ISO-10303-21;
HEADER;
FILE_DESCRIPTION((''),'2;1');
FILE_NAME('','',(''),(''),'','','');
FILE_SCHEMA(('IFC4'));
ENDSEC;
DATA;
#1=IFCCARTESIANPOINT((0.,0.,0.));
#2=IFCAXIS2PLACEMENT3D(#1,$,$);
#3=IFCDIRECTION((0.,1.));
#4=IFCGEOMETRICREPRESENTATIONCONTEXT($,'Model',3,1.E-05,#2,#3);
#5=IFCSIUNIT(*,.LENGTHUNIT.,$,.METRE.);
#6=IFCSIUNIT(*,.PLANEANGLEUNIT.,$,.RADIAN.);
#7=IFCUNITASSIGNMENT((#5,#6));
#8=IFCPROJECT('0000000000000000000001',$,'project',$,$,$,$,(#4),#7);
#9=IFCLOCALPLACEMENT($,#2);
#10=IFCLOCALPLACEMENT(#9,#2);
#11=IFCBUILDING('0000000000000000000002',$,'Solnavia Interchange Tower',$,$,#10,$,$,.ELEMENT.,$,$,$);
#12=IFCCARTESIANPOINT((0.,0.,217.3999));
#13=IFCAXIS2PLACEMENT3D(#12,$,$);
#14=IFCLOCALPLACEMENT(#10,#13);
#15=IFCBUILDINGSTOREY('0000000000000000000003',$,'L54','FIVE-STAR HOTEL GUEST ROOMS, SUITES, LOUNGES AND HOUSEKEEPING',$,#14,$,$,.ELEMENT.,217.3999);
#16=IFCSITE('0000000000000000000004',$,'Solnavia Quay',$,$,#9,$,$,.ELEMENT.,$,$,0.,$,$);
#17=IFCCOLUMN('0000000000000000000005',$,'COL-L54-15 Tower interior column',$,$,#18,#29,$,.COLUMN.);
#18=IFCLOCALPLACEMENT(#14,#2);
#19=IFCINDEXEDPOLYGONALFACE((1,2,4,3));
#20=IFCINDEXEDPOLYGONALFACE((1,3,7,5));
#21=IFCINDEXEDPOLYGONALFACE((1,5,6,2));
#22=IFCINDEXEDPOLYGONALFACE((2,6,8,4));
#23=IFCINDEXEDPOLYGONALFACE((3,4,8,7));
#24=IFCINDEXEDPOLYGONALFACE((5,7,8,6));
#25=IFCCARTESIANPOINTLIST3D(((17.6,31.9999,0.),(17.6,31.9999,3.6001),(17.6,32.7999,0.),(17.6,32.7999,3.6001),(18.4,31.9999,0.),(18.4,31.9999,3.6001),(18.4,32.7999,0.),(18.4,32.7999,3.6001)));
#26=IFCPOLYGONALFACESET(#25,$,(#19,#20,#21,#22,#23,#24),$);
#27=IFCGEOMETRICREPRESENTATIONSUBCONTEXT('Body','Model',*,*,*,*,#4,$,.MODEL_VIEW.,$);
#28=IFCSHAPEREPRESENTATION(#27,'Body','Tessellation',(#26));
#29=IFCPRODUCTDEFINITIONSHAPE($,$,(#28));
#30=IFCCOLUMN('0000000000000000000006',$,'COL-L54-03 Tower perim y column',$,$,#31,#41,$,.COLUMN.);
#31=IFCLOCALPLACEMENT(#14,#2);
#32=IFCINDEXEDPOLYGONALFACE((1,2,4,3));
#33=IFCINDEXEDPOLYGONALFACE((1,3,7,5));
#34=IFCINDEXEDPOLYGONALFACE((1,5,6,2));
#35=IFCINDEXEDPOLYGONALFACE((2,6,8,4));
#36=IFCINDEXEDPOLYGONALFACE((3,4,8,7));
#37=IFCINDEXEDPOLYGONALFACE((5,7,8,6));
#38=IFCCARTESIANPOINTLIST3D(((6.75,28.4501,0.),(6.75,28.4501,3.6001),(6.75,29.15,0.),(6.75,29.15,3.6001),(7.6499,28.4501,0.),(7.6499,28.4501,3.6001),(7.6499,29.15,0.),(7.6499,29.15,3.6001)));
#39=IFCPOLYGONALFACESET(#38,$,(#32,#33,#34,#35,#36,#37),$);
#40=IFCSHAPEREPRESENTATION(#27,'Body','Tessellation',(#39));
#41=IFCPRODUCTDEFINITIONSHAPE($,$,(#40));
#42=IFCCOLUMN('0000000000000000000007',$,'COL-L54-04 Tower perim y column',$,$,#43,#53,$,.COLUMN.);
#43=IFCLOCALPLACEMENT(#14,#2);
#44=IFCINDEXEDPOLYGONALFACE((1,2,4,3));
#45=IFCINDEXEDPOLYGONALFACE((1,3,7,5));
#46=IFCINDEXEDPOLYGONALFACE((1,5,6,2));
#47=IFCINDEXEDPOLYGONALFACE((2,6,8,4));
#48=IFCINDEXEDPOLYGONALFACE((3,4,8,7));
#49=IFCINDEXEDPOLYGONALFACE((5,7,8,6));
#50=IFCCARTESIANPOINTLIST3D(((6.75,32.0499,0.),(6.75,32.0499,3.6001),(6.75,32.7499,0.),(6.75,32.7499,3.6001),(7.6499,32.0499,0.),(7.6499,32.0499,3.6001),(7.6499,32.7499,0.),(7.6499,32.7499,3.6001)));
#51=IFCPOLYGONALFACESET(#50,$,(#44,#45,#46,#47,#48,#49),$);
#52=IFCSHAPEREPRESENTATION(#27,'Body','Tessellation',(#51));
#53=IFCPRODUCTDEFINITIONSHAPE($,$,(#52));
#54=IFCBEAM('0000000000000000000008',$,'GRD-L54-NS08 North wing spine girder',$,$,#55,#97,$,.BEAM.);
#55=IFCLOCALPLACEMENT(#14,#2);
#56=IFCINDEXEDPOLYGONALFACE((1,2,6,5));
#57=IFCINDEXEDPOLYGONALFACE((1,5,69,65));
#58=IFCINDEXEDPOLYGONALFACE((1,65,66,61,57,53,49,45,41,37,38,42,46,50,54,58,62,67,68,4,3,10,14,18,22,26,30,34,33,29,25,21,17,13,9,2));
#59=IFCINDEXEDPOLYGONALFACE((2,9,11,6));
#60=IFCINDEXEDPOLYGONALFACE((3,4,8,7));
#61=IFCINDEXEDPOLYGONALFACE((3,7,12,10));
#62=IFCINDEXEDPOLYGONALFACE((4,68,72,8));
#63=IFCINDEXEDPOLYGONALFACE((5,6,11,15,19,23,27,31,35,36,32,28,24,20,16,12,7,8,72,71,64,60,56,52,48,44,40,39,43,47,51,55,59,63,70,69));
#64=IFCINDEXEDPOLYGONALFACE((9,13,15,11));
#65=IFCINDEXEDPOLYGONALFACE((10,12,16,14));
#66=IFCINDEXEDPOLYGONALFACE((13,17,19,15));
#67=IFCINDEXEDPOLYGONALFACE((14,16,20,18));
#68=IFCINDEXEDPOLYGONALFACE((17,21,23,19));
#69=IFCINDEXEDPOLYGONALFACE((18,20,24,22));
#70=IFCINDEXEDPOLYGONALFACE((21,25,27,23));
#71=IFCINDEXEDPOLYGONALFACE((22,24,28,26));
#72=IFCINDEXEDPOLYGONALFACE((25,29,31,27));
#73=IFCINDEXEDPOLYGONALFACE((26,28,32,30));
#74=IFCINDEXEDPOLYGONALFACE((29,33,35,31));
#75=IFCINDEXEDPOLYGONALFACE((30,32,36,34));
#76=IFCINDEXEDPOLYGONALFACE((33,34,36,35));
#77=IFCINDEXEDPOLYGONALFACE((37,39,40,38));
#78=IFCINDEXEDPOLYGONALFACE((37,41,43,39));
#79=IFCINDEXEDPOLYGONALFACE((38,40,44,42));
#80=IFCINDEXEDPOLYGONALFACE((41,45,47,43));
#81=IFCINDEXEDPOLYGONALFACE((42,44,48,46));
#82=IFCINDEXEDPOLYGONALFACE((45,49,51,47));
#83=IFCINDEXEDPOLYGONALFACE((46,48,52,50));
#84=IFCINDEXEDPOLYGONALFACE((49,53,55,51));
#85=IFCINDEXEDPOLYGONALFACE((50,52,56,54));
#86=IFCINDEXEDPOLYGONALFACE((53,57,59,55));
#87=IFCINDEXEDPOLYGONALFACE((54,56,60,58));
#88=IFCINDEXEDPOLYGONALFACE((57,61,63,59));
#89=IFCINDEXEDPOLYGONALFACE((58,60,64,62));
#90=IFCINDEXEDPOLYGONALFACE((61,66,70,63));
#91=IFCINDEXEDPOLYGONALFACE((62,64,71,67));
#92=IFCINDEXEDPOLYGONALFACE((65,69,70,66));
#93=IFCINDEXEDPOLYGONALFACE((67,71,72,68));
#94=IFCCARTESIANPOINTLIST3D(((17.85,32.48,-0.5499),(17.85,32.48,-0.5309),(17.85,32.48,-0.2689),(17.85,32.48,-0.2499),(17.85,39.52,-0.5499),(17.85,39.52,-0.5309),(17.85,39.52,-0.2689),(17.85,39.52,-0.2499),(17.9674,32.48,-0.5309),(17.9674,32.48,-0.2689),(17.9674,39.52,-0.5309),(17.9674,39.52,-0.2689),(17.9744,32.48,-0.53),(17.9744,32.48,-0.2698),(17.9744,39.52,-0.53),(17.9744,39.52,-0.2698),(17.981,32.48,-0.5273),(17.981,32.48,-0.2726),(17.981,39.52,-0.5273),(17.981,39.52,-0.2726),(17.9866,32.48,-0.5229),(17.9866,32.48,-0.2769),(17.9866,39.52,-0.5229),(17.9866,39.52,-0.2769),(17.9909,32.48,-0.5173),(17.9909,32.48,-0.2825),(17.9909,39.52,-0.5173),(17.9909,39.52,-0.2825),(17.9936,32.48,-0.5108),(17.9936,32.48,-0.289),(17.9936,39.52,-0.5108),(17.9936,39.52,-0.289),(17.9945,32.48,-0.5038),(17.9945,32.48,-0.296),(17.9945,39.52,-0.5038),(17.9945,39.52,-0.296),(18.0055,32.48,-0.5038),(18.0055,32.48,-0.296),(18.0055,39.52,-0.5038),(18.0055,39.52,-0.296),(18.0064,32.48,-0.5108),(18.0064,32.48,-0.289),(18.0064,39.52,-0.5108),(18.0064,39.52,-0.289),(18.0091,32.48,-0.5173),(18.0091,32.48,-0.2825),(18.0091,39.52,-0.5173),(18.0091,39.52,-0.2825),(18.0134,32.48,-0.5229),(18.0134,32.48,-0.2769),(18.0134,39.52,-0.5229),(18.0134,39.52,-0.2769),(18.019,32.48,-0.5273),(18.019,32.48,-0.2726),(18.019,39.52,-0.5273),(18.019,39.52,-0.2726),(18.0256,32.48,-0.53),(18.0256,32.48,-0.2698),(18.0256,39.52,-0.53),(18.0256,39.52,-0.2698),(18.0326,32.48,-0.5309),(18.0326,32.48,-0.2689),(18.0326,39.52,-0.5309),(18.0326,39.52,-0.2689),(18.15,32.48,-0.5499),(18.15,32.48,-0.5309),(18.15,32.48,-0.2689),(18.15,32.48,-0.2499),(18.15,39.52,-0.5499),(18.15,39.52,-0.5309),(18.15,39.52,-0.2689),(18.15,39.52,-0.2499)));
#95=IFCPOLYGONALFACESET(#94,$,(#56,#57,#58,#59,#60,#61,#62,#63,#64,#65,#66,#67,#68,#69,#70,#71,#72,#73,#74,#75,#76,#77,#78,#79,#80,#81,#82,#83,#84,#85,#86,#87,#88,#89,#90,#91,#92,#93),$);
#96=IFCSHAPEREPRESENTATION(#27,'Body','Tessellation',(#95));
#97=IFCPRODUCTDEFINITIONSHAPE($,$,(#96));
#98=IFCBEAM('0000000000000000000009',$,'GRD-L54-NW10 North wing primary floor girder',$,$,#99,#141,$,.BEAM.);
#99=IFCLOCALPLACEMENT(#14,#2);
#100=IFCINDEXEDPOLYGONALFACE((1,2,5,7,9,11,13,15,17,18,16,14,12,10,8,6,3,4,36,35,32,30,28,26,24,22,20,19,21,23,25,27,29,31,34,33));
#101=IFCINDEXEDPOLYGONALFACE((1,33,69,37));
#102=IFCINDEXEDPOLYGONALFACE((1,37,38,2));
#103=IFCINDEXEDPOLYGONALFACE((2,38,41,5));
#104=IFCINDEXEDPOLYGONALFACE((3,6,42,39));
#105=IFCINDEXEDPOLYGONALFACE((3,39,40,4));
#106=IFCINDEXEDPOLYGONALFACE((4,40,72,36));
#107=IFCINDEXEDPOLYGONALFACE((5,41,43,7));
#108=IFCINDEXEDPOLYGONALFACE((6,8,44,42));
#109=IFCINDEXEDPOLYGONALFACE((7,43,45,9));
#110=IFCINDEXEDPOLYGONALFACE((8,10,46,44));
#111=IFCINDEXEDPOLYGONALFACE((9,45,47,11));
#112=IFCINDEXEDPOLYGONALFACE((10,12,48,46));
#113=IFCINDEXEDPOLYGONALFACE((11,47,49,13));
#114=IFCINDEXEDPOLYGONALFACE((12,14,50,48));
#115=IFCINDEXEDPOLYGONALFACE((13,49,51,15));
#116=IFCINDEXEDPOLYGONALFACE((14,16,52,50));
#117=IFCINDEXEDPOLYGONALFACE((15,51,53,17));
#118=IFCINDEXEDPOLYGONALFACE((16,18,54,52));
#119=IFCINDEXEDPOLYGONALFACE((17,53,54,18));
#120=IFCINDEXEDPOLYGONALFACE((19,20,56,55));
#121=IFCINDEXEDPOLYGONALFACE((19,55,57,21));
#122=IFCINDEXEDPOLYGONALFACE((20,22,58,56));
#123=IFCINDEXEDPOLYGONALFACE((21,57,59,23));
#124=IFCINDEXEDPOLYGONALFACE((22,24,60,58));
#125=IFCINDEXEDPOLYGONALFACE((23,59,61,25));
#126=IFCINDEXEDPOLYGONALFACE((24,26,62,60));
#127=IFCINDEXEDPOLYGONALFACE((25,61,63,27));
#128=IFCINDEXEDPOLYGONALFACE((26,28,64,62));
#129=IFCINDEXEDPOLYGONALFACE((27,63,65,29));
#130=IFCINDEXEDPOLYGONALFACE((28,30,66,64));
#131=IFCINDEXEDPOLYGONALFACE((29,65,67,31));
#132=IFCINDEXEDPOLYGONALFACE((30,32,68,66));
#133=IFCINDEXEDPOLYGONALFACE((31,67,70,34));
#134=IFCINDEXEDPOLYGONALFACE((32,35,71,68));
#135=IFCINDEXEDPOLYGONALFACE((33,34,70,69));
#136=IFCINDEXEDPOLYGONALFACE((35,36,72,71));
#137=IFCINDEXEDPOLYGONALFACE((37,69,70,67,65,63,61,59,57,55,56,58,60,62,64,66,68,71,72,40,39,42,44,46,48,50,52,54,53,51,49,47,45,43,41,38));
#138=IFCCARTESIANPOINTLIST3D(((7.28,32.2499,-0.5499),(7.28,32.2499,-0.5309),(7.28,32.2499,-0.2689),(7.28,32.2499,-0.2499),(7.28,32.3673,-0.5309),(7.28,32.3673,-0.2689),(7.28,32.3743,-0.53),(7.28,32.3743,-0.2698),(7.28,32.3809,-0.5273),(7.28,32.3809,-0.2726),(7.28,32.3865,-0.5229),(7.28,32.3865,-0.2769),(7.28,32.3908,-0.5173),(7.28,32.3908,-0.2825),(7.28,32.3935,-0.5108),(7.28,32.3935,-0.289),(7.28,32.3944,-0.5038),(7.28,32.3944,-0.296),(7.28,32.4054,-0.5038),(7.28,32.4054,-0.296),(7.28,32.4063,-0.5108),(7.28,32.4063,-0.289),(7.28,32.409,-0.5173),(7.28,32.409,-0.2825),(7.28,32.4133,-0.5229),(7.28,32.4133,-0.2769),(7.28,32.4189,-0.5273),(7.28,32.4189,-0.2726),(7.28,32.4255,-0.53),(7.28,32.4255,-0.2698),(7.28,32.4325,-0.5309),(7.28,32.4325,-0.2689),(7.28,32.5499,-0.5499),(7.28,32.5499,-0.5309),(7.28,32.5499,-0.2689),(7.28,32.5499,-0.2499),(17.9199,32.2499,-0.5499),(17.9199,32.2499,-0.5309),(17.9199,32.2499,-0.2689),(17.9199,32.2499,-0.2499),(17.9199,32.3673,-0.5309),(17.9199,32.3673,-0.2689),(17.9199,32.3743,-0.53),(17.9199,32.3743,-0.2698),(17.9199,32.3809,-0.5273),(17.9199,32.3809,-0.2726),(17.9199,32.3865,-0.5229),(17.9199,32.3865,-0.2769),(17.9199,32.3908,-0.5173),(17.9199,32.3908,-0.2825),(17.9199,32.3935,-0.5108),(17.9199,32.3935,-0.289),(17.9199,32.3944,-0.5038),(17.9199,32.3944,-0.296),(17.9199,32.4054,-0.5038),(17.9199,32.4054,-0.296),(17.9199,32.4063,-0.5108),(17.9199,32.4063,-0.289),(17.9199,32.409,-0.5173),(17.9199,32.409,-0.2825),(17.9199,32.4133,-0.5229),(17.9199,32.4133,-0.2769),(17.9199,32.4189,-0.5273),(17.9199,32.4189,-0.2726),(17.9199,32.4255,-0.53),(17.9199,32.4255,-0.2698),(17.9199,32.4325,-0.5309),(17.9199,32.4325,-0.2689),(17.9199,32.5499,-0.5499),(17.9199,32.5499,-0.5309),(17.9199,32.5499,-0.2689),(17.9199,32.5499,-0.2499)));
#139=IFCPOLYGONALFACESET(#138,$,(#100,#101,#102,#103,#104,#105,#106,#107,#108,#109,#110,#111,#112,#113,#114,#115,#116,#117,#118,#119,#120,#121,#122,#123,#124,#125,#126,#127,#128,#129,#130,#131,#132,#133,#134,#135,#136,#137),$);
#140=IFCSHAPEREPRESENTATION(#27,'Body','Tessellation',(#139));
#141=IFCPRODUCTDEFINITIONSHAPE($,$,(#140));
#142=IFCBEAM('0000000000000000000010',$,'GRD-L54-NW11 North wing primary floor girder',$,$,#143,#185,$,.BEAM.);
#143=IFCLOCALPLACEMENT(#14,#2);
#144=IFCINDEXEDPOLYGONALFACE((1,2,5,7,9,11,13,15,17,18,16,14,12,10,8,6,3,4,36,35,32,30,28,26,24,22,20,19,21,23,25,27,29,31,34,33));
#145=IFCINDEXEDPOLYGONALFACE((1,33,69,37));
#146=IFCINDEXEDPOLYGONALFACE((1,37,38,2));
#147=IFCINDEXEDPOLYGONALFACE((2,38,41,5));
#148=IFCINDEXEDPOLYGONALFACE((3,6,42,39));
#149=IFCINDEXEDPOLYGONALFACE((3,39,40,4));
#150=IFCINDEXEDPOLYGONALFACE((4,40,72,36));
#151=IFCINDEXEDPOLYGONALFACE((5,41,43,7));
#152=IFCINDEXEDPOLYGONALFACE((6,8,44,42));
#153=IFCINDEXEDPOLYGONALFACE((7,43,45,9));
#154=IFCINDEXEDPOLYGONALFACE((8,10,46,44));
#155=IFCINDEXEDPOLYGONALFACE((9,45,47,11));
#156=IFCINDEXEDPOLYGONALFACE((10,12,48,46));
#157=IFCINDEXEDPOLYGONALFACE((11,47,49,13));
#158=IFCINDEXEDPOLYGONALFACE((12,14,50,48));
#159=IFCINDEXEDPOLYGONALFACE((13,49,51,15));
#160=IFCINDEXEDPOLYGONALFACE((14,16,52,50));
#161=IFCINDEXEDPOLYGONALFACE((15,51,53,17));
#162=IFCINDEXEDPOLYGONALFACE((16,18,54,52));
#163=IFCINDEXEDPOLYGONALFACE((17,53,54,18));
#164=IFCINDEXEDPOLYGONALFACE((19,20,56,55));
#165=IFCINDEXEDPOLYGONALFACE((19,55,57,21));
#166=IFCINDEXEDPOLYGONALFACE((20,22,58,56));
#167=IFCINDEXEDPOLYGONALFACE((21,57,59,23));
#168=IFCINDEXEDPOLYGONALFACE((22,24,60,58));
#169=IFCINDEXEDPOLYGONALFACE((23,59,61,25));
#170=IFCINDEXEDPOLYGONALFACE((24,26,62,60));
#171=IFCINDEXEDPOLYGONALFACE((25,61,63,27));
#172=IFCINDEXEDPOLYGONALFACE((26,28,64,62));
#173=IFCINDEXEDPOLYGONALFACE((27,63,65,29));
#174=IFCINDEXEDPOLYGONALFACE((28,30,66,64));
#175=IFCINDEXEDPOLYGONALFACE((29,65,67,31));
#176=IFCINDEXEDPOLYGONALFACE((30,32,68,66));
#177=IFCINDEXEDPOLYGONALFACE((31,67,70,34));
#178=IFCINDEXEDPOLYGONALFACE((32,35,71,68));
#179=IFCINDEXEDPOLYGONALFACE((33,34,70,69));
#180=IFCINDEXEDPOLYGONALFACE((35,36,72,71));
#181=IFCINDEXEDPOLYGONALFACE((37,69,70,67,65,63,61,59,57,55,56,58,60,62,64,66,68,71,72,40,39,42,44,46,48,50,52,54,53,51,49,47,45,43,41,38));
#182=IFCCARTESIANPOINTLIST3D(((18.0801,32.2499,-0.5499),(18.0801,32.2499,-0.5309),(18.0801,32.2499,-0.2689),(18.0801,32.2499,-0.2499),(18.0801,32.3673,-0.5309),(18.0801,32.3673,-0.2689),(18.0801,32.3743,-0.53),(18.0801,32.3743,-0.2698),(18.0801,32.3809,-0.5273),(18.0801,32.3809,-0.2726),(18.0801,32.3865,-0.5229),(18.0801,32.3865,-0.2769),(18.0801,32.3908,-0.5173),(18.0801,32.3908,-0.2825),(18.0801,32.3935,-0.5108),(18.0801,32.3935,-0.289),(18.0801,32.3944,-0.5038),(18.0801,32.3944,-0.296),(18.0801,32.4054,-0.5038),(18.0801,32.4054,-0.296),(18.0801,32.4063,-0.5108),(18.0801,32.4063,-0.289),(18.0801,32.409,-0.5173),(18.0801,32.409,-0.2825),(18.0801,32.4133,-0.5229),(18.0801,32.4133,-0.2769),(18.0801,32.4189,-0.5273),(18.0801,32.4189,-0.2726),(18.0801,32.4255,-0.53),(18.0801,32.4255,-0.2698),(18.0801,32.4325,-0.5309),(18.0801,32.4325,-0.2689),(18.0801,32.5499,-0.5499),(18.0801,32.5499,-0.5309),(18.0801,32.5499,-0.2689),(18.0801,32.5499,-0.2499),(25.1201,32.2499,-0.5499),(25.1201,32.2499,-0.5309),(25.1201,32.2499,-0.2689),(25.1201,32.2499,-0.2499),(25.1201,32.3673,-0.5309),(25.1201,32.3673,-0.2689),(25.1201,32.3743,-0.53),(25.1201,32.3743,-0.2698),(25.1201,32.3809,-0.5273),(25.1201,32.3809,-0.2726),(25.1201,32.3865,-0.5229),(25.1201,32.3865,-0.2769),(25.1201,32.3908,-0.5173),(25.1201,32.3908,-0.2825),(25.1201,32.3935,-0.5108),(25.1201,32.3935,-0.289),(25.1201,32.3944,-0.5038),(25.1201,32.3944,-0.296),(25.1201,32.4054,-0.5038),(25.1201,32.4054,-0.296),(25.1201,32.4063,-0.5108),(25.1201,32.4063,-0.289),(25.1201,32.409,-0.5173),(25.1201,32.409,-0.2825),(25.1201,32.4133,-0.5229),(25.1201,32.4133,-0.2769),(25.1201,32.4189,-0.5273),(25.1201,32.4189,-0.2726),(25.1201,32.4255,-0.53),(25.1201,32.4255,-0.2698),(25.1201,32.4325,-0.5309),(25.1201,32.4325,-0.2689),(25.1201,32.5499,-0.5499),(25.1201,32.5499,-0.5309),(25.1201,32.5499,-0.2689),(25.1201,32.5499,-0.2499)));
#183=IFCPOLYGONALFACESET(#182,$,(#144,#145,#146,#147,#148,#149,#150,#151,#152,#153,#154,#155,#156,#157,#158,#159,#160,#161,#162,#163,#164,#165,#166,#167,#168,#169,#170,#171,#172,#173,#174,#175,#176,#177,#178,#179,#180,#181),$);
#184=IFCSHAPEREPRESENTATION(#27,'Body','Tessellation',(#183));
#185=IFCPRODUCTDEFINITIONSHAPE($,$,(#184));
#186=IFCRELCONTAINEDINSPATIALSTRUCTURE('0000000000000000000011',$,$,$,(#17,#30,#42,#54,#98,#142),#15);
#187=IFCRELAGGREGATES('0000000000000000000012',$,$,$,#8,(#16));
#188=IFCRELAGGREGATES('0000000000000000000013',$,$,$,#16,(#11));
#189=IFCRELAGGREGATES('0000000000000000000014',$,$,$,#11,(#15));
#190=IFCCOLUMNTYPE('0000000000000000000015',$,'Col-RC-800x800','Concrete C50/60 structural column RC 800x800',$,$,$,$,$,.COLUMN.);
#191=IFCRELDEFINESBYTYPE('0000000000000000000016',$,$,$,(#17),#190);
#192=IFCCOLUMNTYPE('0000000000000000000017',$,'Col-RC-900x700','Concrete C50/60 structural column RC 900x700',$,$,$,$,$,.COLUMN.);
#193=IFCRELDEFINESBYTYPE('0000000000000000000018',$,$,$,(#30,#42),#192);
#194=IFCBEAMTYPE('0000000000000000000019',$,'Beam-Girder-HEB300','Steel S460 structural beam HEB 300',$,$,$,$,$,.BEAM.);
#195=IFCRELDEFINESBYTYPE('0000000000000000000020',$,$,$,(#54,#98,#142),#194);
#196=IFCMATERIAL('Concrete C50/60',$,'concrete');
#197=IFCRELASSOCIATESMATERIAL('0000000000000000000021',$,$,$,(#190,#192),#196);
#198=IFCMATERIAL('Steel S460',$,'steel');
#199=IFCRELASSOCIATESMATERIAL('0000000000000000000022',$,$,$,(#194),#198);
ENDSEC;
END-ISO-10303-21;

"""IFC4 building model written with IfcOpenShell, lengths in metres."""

from ifc_helpers import new_model, si_unit, direction, frame, origin, origin_2d, place, context, subcontext, project, spatial, rectangle, i_section, extrude, material, material_profile, profile_set, type_object, element, save


model = new_model("IFC4")

# Units and contexts
model_context = context("Model", 3, precision=1e-05, world=origin(), true_north=direction((0.0, 1.0)))
body_context = subcontext(model_context, "Body", "Model", "MODEL_VIEW")
ifc_project = project(units=[si_unit("LENGTHUNIT", "METRE"), si_unit("PLANEANGLEUNIT", "RADIAN")], contexts=[model_context])

# Site, building, storey
site_placement = place(None, origin())
site = spatial("IfcSite", under=ifc_project, at=site_placement, Name="Solnavia Quay", CompositionType="ELEMENT", RefElevation=0.0)
building_placement = place(site_placement, origin())
building = spatial("IfcBuilding", under=site, at=building_placement, Name="Solnavia Interchange Tower", CompositionType="ELEMENT")
storey_placement = place(building_placement, frame((0.0, 0.0, 217.3999)))
storey = spatial("IfcBuildingStorey", under=building, at=storey_placement, Name="L54", Description="FIVE-STAR HOTEL GUEST ROOMS, SUITES, LOUNGES AND HOUSEKEEPING", CompositionType="ELEMENT", Elevation=217.3999)

# Columns
ifc_material_1 = material(Name="Concrete C50/60", Category="concrete")
ifc_material_profile_1 = material_profile(ifc_material_1, rectangle(XDim=0.8, YDim=0.8, at=origin_2d()), Name="RC 800x800")
ifc_profile_set_1 = profile_set([ifc_material_profile_1], Name="Concrete C50/60")
column_type_1 = type_object("IfcColumnType", Name="Col-RC-800x800", Description="Concrete C50/60 structural column RC 800x800", PredefinedType="COLUMN", material=ifc_profile_set_1)
column_placement = place(storey_placement, frame((18.0, 32.3999, 0.0), z_axis=(0.0, 0.0, 1.0), x_axis=(1.0, 0.0, 0.0)))
element("IfcColumn", 1, at=column_placement, inside=storey, type_object=column_type_1, Name="COL-L54-15 Tower interior column", PredefinedType="COLUMN", context=body_context, shape_type="SweptSolid", body=[
    extrude(rectangle(XDim=0.8, YDim=0.8, at=origin_2d()), origin(), (0.0, 0.0, 1.0), 3.6001),
])
ifc_material_profile_2 = material_profile(ifc_material_1, rectangle(XDim=0.7, YDim=0.8999, at=origin_2d()), Name="RC 900x700")
ifc_profile_set_2 = profile_set([ifc_material_profile_2], Name="Concrete C50/60")
column_type_2 = type_object("IfcColumnType", Name="Col-RC-900x700", Description="Concrete C50/60 structural column RC 900x700", PredefinedType="COLUMN", material=ifc_profile_set_2)
for number, where, z_axis, x_axis, name in (
    (2, (7.2, 28.8, 0.0), (0.0, 0.0, 1.0), (0.0, 1.0, 0.0), "COL-L54-03 Tower perim y column"),
    (3, (7.2, 32.3999, 0.0), (0.0, 0.0, 1.0), (0.0, 1.0, 0.0), "COL-L54-04 Tower perim y column"),
):
    element("IfcColumn", number, at=place(storey_placement, frame(where, z_axis=z_axis, x_axis=x_axis)), inside=storey, type_object=column_type_2, Name=name, PredefinedType="COLUMN", context=body_context, shape_type="SweptSolid", body=[
        extrude(rectangle(XDim=0.7, YDim=0.8999, at=origin_2d()), origin(), (0.0, 0.0, 1.0), 3.6001),
    ])

# Beams
ifc_material_2 = material(Name="Steel S460", Category="steel")
ifc_material_profile_3 = material_profile(ifc_material_2, i_section(OverallWidth=0.3, OverallDepth=0.3, WebThickness=0.011, FlangeThickness=0.019, FilletRadius=0.0271, at=origin_2d()), Name="HEB 300")
ifc_profile_set_3 = profile_set([ifc_material_profile_3], Name="Steel S460")
beam_type_1 = type_object("IfcBeamType", Name="Beam-Girder-HEB300", Description="Steel S460 structural beam HEB 300", PredefinedType="BEAM", material=ifc_profile_set_3)
beam_1_placement = place(storey_placement, frame((18.0, 32.48, -0.3999), z_axis=(0.0, 1.0, 0.0), x_axis=(-1.0, 0.0, 0.0)))
element("IfcBeam", 4, at=beam_1_placement, inside=storey, type_object=beam_type_1, Name="GRD-L54-NS08 North wing spine girder", PredefinedType="BEAM", context=body_context, shape_type="SweptSolid", body=[
    extrude(i_section(OverallWidth=0.3, OverallDepth=0.3, WebThickness=0.011, FlangeThickness=0.019, FilletRadius=0.0271, at=origin_2d()), origin(), (0.0, 0.0, 1.0), 7.04),
])
beam_2_placement = place(storey_placement, frame((7.28, 32.3999, -0.3999), z_axis=(1.0, 0.0, 0.0), x_axis=(0.0, 1.0, 0.0)))
element("IfcBeam", 5, at=beam_2_placement, inside=storey, type_object=beam_type_1, Name="GRD-L54-NW10 North wing primary floor girder", PredefinedType="BEAM", context=body_context, shape_type="SweptSolid", body=[
    extrude(i_section(OverallWidth=0.3, OverallDepth=0.3, WebThickness=0.011, FlangeThickness=0.019, FilletRadius=0.0271, at=origin_2d()), origin(), (0.0, 0.0, 1.0), 10.6399),
])
beam_3_placement = place(storey_placement, frame((18.0801, 32.3999, -0.3999), z_axis=(1.0, 0.0, 0.0), x_axis=(0.0, 1.0, 0.0)))
element("IfcBeam", 6, at=beam_3_placement, inside=storey, type_object=beam_type_1, Name="GRD-L54-NW11 North wing primary floor girder", PredefinedType="BEAM", context=body_context, shape_type="SweptSolid", body=[
    extrude(i_section(OverallWidth=0.3, OverallDepth=0.3, WebThickness=0.011, FlangeThickness=0.019, FilletRadius=0.0271, at=origin_2d()), origin(), (0.0, 0.0, 1.0), 7.04),
])

save(model, "model.ifc")
